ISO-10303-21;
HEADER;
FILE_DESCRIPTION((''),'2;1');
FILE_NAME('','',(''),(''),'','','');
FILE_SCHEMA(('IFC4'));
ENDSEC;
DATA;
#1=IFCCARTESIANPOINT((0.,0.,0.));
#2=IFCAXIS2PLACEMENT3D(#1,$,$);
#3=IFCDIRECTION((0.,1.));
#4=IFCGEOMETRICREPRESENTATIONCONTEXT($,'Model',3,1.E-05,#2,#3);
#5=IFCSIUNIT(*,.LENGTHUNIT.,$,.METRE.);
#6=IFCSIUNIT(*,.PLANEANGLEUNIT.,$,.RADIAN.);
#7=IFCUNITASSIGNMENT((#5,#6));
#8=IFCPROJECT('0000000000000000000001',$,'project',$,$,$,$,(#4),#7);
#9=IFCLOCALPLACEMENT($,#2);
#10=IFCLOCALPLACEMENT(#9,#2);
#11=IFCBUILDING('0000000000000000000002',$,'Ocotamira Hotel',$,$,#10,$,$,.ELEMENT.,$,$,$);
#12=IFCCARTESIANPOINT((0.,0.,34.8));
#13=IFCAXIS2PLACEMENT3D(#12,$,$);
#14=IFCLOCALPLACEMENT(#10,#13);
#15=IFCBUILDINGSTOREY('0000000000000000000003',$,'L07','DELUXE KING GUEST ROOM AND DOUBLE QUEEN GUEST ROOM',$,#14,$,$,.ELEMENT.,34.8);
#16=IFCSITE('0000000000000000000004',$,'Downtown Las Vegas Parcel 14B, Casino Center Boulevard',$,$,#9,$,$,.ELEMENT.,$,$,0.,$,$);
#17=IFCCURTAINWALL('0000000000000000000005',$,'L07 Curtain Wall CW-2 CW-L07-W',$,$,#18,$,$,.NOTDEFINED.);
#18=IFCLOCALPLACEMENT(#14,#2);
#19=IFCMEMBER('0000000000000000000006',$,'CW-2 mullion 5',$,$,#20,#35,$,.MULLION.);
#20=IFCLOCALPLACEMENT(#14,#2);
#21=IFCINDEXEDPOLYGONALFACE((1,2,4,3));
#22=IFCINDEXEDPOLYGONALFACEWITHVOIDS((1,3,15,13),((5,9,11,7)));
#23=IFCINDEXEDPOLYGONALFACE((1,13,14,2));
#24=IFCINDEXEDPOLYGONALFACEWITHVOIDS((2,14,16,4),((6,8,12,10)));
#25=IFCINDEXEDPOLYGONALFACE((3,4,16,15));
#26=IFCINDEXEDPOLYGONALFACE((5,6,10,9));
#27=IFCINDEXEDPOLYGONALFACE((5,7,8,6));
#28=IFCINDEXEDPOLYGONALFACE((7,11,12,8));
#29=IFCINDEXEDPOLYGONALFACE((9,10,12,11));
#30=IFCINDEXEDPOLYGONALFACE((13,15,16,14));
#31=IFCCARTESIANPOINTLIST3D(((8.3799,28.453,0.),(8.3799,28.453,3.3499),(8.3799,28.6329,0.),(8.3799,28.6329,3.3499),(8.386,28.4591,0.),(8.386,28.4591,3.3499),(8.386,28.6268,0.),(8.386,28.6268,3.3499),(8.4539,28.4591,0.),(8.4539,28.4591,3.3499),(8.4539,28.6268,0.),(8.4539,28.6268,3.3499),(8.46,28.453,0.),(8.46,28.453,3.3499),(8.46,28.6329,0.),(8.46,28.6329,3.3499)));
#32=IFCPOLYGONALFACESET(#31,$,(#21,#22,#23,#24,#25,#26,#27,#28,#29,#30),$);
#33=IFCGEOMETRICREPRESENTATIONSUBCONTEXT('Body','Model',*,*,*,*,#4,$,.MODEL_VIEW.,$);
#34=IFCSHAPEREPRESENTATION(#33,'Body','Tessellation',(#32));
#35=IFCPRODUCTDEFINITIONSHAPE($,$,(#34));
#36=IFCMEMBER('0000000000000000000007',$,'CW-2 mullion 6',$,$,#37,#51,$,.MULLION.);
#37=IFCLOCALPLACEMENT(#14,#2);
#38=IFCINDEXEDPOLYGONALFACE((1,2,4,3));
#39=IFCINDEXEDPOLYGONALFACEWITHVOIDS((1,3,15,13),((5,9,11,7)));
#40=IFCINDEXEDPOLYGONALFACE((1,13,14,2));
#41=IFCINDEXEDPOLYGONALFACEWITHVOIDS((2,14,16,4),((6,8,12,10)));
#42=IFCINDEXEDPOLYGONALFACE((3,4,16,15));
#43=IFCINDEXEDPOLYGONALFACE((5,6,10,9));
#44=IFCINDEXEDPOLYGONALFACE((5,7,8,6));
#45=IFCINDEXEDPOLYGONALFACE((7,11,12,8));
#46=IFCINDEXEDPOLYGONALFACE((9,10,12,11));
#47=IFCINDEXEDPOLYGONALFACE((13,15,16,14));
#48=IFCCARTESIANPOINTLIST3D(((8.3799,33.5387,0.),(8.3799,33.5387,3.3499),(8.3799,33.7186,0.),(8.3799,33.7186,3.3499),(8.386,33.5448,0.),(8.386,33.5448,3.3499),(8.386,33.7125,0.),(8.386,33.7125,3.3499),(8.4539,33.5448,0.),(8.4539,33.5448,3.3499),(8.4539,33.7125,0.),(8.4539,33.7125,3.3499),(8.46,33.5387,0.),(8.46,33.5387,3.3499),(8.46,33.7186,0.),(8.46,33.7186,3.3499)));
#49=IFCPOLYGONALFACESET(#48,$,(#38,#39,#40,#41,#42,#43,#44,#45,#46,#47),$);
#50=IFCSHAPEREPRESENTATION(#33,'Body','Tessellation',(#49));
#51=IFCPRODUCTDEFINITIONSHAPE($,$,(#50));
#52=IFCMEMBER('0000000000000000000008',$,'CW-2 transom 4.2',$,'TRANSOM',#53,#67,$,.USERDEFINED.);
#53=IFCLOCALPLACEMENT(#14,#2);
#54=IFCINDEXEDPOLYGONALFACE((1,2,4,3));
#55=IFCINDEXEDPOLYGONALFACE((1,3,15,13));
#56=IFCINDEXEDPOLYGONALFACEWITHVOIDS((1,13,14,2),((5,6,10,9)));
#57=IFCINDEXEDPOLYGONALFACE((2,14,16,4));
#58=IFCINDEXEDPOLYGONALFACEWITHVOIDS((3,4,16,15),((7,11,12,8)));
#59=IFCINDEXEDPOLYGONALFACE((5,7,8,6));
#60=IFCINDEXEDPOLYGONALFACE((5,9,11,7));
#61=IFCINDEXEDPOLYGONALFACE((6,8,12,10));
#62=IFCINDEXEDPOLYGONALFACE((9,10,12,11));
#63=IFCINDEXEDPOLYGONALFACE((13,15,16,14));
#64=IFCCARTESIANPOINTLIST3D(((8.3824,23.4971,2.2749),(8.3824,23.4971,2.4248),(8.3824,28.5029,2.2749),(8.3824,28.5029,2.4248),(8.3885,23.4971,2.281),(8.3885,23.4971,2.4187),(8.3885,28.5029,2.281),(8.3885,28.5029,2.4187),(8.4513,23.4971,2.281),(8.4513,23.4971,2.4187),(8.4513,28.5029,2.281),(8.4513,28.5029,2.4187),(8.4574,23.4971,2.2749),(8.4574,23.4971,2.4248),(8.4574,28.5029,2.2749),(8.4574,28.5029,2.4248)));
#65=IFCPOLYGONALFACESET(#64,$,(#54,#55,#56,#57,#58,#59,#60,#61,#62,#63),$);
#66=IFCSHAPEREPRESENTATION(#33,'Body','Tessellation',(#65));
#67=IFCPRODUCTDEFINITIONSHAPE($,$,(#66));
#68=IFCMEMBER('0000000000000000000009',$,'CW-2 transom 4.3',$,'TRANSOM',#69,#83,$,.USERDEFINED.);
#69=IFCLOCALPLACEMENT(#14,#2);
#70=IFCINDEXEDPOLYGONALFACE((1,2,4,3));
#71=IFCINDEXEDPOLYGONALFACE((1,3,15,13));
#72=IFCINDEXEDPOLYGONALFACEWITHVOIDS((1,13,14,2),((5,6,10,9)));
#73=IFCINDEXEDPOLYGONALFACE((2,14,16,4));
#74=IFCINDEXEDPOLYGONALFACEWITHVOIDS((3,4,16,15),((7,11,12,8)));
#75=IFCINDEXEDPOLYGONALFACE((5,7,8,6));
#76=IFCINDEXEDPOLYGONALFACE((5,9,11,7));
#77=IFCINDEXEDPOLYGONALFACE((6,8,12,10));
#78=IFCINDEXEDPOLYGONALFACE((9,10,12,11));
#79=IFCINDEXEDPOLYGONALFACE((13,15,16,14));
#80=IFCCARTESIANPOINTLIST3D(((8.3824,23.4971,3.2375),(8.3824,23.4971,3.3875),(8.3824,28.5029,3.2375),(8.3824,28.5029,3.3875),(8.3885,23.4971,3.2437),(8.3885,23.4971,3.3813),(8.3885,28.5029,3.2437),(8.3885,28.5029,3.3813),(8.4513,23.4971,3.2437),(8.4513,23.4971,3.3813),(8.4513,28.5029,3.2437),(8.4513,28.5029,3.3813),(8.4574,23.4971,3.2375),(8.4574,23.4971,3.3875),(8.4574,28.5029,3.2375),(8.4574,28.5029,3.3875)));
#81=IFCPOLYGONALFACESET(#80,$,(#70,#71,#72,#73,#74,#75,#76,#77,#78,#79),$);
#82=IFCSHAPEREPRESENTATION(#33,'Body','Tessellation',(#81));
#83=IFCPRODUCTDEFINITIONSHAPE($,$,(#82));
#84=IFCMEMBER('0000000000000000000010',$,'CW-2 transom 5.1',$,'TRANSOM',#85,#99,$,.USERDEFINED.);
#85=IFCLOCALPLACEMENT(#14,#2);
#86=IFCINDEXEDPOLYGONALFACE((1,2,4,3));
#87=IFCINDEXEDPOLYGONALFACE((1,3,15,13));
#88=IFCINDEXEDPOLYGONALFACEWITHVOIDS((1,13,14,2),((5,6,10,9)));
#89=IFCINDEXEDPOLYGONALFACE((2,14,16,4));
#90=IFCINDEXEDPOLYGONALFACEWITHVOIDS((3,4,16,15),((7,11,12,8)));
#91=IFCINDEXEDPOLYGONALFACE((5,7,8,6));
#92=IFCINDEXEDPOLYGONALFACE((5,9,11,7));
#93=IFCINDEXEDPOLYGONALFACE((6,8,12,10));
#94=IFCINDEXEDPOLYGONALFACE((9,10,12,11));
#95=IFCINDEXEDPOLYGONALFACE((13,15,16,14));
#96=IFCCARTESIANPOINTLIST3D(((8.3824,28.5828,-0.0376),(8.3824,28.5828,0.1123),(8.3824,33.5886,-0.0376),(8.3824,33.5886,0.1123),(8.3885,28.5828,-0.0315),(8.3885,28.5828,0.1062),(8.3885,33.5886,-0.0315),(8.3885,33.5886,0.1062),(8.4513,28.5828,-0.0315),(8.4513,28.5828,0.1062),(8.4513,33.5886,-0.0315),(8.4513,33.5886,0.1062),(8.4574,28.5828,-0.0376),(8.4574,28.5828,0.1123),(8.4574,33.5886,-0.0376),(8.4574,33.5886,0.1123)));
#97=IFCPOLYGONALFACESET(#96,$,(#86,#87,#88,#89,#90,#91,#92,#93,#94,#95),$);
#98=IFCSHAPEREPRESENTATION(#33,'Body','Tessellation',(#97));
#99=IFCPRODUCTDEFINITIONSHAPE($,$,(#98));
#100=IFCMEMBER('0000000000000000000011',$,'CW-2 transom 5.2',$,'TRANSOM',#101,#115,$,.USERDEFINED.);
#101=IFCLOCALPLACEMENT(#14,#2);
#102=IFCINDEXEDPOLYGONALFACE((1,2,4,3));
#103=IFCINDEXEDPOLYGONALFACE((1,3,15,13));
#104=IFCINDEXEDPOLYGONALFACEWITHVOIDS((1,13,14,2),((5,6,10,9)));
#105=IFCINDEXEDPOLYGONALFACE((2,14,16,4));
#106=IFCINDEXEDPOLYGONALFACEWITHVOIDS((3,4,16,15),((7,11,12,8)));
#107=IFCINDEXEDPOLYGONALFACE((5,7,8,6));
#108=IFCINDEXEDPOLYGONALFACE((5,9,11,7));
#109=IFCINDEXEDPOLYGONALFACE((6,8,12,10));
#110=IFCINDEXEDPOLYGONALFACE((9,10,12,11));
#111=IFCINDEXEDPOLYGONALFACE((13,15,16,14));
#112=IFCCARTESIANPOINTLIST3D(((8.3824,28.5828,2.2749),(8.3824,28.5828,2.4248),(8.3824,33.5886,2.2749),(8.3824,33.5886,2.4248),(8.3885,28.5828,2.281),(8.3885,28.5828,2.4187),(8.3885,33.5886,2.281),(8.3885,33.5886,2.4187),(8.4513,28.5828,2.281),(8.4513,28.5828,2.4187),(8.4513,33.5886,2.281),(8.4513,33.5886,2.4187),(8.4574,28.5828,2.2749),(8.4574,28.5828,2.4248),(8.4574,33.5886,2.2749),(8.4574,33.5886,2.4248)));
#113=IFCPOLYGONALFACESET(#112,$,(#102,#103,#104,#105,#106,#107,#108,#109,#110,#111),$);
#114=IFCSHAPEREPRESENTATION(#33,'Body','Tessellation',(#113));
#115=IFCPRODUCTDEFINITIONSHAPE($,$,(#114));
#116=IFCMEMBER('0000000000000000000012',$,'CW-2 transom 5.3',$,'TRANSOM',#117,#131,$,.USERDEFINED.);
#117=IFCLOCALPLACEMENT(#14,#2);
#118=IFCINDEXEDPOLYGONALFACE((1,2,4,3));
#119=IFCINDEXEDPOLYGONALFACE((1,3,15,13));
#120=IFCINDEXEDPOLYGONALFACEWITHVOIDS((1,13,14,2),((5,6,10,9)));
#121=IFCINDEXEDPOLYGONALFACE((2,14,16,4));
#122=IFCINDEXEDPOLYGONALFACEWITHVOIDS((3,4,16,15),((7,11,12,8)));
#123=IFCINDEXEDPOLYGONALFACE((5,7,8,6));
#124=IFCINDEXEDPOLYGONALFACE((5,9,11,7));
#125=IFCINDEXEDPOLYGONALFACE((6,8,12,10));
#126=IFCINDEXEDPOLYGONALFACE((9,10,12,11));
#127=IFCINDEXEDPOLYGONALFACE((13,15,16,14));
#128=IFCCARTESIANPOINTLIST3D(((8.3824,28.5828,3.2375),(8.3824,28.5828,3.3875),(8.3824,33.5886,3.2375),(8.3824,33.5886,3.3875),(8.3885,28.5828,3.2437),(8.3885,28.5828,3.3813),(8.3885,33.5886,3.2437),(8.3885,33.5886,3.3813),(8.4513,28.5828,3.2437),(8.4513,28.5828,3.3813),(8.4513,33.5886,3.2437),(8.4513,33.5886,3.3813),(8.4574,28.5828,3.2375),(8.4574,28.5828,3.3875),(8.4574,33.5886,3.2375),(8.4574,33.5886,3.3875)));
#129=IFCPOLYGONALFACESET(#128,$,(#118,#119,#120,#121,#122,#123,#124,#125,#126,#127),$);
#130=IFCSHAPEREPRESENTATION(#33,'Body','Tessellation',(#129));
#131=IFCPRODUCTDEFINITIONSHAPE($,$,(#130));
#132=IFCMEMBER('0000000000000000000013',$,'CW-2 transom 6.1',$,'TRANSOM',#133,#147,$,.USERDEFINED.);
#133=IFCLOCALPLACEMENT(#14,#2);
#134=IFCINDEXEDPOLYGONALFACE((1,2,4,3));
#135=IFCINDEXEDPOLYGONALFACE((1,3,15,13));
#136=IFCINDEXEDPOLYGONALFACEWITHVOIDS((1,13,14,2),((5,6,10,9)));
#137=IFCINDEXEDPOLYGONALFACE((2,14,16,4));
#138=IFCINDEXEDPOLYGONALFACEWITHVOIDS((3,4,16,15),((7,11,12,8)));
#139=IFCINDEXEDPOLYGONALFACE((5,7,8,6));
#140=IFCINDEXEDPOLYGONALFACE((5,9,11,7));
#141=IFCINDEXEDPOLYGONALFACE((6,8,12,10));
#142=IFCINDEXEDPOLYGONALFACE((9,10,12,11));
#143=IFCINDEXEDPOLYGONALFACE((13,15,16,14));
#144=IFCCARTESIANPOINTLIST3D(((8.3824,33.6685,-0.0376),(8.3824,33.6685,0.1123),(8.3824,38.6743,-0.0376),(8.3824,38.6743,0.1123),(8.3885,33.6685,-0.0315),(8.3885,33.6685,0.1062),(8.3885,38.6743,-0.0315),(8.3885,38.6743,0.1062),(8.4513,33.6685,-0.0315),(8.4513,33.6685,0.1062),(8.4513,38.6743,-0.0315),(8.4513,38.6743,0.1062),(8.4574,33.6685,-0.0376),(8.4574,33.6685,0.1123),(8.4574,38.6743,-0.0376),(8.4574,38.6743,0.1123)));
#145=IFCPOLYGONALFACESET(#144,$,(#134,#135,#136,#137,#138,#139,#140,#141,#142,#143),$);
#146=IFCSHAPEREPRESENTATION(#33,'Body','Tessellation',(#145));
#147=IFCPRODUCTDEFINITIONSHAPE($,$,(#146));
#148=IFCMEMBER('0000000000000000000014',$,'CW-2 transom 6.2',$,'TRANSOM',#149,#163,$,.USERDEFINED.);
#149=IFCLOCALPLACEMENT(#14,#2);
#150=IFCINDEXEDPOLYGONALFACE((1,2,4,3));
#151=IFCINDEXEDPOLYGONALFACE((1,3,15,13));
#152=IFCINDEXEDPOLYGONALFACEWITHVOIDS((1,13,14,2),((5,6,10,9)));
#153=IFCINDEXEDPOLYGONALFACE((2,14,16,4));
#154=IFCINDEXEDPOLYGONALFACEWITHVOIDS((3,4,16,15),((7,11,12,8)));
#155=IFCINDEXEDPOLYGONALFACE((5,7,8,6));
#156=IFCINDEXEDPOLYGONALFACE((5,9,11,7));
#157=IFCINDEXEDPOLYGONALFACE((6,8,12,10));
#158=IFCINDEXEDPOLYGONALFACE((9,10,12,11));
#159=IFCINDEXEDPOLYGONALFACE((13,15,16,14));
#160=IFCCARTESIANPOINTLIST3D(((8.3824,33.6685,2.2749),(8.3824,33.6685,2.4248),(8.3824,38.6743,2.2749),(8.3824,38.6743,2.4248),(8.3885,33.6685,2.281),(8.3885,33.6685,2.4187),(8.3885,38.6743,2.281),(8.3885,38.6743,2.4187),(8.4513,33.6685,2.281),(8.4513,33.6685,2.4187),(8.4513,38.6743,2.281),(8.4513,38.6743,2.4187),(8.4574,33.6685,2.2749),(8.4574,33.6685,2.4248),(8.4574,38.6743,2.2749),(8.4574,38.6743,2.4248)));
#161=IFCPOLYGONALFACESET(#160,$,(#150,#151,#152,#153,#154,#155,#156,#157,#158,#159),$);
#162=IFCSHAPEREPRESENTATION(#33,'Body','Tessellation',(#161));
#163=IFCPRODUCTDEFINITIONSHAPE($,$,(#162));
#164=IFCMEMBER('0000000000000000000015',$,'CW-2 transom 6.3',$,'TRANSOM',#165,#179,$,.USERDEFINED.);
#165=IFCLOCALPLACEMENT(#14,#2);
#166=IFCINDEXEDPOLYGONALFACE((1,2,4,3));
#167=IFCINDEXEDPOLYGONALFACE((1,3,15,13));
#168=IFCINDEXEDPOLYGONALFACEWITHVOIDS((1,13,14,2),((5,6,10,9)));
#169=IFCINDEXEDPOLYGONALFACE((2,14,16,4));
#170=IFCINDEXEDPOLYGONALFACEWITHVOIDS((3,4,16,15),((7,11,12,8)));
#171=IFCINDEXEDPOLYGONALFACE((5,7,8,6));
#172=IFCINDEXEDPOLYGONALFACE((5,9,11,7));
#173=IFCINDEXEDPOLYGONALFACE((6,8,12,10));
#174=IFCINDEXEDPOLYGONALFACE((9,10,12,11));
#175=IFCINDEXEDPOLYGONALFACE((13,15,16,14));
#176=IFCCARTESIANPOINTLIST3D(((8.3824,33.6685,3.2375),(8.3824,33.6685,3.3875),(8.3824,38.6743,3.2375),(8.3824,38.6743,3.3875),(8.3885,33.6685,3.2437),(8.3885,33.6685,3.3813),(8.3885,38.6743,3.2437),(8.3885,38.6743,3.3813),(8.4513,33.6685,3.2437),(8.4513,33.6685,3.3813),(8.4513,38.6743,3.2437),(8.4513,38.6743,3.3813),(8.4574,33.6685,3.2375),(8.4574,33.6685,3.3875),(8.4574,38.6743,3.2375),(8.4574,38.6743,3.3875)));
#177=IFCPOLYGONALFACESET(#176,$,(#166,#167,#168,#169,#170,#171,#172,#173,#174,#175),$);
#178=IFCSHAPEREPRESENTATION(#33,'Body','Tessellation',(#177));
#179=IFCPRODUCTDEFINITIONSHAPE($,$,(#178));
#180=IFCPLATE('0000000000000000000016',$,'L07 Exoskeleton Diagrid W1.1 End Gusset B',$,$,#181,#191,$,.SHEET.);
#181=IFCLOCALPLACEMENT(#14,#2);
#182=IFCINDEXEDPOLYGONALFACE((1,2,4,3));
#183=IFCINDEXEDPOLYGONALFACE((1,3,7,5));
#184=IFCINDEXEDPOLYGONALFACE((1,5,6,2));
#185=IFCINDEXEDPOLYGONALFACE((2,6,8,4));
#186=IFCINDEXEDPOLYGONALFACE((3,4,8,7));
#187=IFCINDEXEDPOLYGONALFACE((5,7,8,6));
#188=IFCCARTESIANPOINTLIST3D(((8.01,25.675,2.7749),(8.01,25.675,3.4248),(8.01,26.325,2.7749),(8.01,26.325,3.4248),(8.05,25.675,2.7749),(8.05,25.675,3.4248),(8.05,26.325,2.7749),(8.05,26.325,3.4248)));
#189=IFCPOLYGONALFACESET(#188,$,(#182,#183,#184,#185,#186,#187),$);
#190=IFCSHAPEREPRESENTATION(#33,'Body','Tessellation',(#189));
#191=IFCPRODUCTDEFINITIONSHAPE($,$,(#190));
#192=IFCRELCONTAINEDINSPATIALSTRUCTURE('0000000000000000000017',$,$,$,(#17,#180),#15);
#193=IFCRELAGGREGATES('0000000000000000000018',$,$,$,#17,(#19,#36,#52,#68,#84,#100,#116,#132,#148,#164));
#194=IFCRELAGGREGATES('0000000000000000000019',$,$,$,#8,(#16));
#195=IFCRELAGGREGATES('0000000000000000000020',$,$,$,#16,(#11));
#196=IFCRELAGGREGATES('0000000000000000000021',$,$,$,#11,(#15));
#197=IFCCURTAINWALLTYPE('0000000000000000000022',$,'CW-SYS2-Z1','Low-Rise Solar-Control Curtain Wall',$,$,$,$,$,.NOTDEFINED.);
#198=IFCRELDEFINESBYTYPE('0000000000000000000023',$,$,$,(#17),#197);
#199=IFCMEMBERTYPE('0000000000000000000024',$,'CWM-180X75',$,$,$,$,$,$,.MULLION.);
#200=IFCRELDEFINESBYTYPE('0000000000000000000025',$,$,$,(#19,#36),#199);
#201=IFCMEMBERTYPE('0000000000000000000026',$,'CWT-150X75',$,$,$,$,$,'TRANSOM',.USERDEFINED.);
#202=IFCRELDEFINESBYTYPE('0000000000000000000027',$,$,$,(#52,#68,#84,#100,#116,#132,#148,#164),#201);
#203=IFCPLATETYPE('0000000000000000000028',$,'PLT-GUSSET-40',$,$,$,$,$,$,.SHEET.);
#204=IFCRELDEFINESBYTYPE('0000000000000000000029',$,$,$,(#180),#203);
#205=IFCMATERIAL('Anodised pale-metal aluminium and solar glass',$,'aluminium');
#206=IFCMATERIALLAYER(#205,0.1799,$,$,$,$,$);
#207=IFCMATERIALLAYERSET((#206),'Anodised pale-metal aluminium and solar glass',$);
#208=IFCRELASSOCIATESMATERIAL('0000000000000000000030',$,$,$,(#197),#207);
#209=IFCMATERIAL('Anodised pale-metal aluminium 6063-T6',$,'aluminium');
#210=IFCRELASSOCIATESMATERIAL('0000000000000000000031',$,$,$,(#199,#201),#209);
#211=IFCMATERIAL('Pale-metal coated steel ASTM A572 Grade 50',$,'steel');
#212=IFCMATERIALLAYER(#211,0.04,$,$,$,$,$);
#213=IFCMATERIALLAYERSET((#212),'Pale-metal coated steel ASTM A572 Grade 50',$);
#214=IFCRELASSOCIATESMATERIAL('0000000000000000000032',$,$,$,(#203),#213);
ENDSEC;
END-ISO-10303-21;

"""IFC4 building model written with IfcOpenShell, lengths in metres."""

from ifc_helpers import new_model, si_unit, direction, frame, origin, origin_2d, place, context, subcontext, project, spatial, rectangle, hollow_rectangle, extrude, source, transform, mapped, material, layer, layer_set, material_profile, profile_set, type_object, element, aggregate, save


model = new_model("IFC4")

# Units and contexts
model_context = context("Model", 3, precision=1e-05, world=origin(), true_north=direction((0.0, 1.0)))
body_context = subcontext(model_context, "Body", "Model", "MODEL_VIEW")
ifc_project = project(units=[si_unit("LENGTHUNIT", "METRE"), si_unit("PLANEANGLEUNIT", "RADIAN")], contexts=[model_context])

# Site, building, storey
site_placement = place(None, origin())
site = spatial("IfcSite", under=ifc_project, at=site_placement, Name="Downtown Las Vegas Parcel 14B, Casino Center Boulevard", CompositionType="ELEMENT", RefElevation=0.0)
building_placement = place(site_placement, origin())
building = spatial("IfcBuilding", under=site, at=building_placement, Name="Ocotamira Hotel", CompositionType="ELEMENT")
storey_placement = place(building_placement, frame((0.0, 0.0, 34.8)))
storey = spatial("IfcBuildingStorey", under=building, at=storey_placement, Name="L07", Description="DELUXE KING GUEST ROOM AND DOUBLE QUEEN GUEST ROOM", CompositionType="ELEMENT", Elevation=34.8)

# Curtain wall, members
ifc_material_1 = material(Name="Anodised pale-metal aluminium and solar glass", Category="aluminium")
ifc_layer_1 = layer(ifc_material_1, 0.1799)
ifc_layer_set_1 = layer_set([ifc_layer_1], Name="Anodised pale-metal aluminium and solar glass")
curtain_wall_type = type_object("IfcCurtainWallType", Name="CW-SYS2-Z1", Description="Low-Rise Solar-Control Curtain Wall", PredefinedType="NOTDEFINED", material=ifc_layer_set_1)
curtain_wall_placement = place(storey_placement, origin())
curtain_wall = element("IfcCurtainWall", 1, at=curtain_wall_placement, inside=storey, type_object=curtain_wall_type, Name="L07 Curtain Wall CW-2 CW-L07-W", PredefinedType="NOTDEFINED")
ifc_material_2 = material(Name="Anodised pale-metal aluminium 6063-T6", Category="aluminium")
ifc_material_profile_1 = material_profile(ifc_material_2, hollow_rectangle(XDim=0.0801, YDim=0.1799, WallThickness=0.0061, at=origin_2d()), Name="HSS180X80X6")
ifc_profile_set_1 = profile_set([ifc_material_profile_1], Name="Anodised pale-metal aluminium 6063-T6")
member_type_1 = type_object("IfcMemberType", Name="CWM-180X75", PredefinedType="MULLION", material=ifc_profile_set_1)
shared_shape_1 = source(origin(), body_context, "Body", "SweptSolid", [
    extrude(hollow_rectangle(XDim=0.0801, YDim=0.1799, WallThickness=0.0061, at=origin_2d()), origin(), (0.0, 0.0, 1.0), 3.3499),
])
member_1_placement = place(storey_placement, frame((8.4199, 28.543, 0.0), z_axis=(0.0, 0.0, 1.0), x_axis=(-1.0, 0.0, 0.0)))
member_1 = element("IfcMember", 2, at=member_1_placement, type_object=member_type_1, Name="CW-2 mullion 5", PredefinedType="MULLION", context=body_context, shape_type="MappedRepresentation", body=[
    mapped(shared_shape_1, transform((0.0, 0.0, 0.0), scale=1.0)),
])
member_2_placement = place(storey_placement, frame((8.4199, 33.6287, 0.0), z_axis=(0.0, 0.0, 1.0), x_axis=(-1.0, 0.0, 0.0)))
member_2 = element("IfcMember", 3, at=member_2_placement, type_object=member_type_1, Name="CW-2 mullion 6", PredefinedType="MULLION", context=body_context, shape_type="MappedRepresentation", body=[
    mapped(shared_shape_1, transform((0.0, 0.0, 0.0), scale=1.0)),
])
ifc_material_profile_2 = material_profile(ifc_material_2, hollow_rectangle(XDim=0.075, YDim=0.1499, WallThickness=0.0061, at=origin_2d()), Name="HSS150X75X6")
ifc_profile_set_2 = profile_set([ifc_material_profile_2], Name="Anodised pale-metal aluminium 6063-T6")
member_type_2 = type_object("IfcMemberType", Name="CWT-150X75", ElementType="TRANSOM", PredefinedType="USERDEFINED", material=ifc_profile_set_2)
shared_shape_2 = source(origin(), body_context, "Body", "SweptSolid", [
    extrude(hollow_rectangle(XDim=0.075, YDim=0.1499, WallThickness=0.0061, at=origin_2d()), origin(), (0.0, 0.0, 1.0), 5.0059),
])
member_3_placement = place(storey_placement, frame((8.4199, 23.4971, 2.3499), z_axis=(0.0, 1.0, 0.0), x_axis=(-1.0, 0.0, 0.0)))
member_3 = element("IfcMember", 4, at=member_3_placement, type_object=member_type_2, Name="CW-2 transom 4.2", ObjectType="TRANSOM", PredefinedType="USERDEFINED", context=body_context, shape_type="MappedRepresentation", body=[
    mapped(shared_shape_2, transform((0.0, 0.0, 0.0), scale=1.0)),
])
member_4_placement = place(storey_placement, frame((8.4199, 23.4971, 3.3125), z_axis=(0.0, 1.0, 0.0), x_axis=(-1.0, 0.0, 0.0)))
member_4 = element("IfcMember", 5, at=member_4_placement, type_object=member_type_2, Name="CW-2 transom 4.3", ObjectType="TRANSOM", PredefinedType="USERDEFINED", context=body_context, shape_type="MappedRepresentation", body=[
    mapped(shared_shape_2, transform((0.0, 0.0, 0.0), scale=1.0)),
])
member_5_placement = place(storey_placement, frame((8.4199, 28.5828, 0.0374), z_axis=(0.0, 1.0, 0.0), x_axis=(-1.0, 0.0, 0.0)))
member_5 = element("IfcMember", 6, at=member_5_placement, type_object=member_type_2, Name="CW-2 transom 5.1", ObjectType="TRANSOM", PredefinedType="USERDEFINED", context=body_context, shape_type="MappedRepresentation", body=[
    mapped(shared_shape_2, transform((0.0, 0.0, 0.0), scale=1.0)),
])
member_6_placement = place(storey_placement, frame((8.4199, 28.5828, 2.3499), z_axis=(0.0, 1.0, 0.0), x_axis=(-1.0, 0.0, 0.0)))
member_6 = element("IfcMember", 7, at=member_6_placement, type_object=member_type_2, Name="CW-2 transom 5.2", ObjectType="TRANSOM", PredefinedType="USERDEFINED", context=body_context, shape_type="MappedRepresentation", body=[
    mapped(shared_shape_2, transform((0.0, 0.0, 0.0), scale=1.0)),
])
member_7_placement = place(storey_placement, frame((8.4199, 28.5828, 3.3125), z_axis=(0.0, 1.0, 0.0), x_axis=(-1.0, 0.0, 0.0)))
member_7 = element("IfcMember", 8, at=member_7_placement, type_object=member_type_2, Name="CW-2 transom 5.3", ObjectType="TRANSOM", PredefinedType="USERDEFINED", context=body_context, shape_type="MappedRepresentation", body=[
    mapped(shared_shape_2, transform((0.0, 0.0, 0.0), scale=1.0)),
])
member_8_placement = place(storey_placement, frame((8.4199, 33.6685, 0.0374), z_axis=(0.0, 1.0, 0.0), x_axis=(-1.0, 0.0, 0.0)))
member_8 = element("IfcMember", 9, at=member_8_placement, type_object=member_type_2, Name="CW-2 transom 6.1", ObjectType="TRANSOM", PredefinedType="USERDEFINED", context=body_context, shape_type="MappedRepresentation", body=[
    mapped(shared_shape_2, transform((0.0, 0.0, 0.0), scale=1.0)),
])
member_9_placement = place(storey_placement, frame((8.4199, 33.6685, 2.3499), z_axis=(0.0, 1.0, 0.0), x_axis=(-1.0, 0.0, 0.0)))
member_9 = element("IfcMember", 10, at=member_9_placement, type_object=member_type_2, Name="CW-2 transom 6.2", ObjectType="TRANSOM", PredefinedType="USERDEFINED", context=body_context, shape_type="MappedRepresentation", body=[
    mapped(shared_shape_2, transform((0.0, 0.0, 0.0), scale=1.0)),
])
member_10_placement = place(storey_placement, frame((8.4199, 33.6685, 3.3125), z_axis=(0.0, 1.0, 0.0), x_axis=(-1.0, 0.0, 0.0)))
member_10 = element("IfcMember", 11, at=member_10_placement, type_object=member_type_2, Name="CW-2 transom 6.3", ObjectType="TRANSOM", PredefinedType="USERDEFINED", context=body_context, shape_type="MappedRepresentation", body=[
    mapped(shared_shape_2, transform((0.0, 0.0, 0.0), scale=1.0)),
])

# Plate
ifc_material_3 = material(Name="Pale-metal coated steel ASTM A572 Grade 50", Category="steel")
ifc_layer_2 = layer(ifc_material_3, 0.04)
ifc_layer_set_2 = layer_set([ifc_layer_2], Name="Pale-metal coated steel ASTM A572 Grade 50")
plate_type_1 = type_object("IfcPlateType", Name="PLT-GUSSET-40", PredefinedType="SHEET", material=ifc_layer_set_2)
shared_shape_3 = source(origin(), body_context, "Body", "SweptSolid", [
    extrude(rectangle(XDim=0.04, YDim=0.6499, at=origin_2d()), origin(), (0.0, 0.0, 1.0), 0.6499),
])
for number, where, z_axis, x_axis, name in (
    (12, (8.03, 26.0, 2.7749), (0.0, 0.0, 1.0), (1.0, 0.0, 0.0), "L07 Exoskeleton Diagrid W1.1 End Gusset B"),
):
    element("IfcPlate", number, at=place(storey_placement, frame(where, z_axis=z_axis, x_axis=x_axis)), inside=storey, type_object=plate_type_1, Name=name, PredefinedType="SHEET", context=body_context, shape_type="MappedRepresentation", body=[
        mapped(shared_shape_3, transform((0.0, 0.0, 0.0), scale=1.0)),
    ])

aggregate(curtain_wall, [member_1, member_2, member_3, member_4, member_5, member_6, member_7, member_8, member_9, member_10])

save(model, "model.ifc")
